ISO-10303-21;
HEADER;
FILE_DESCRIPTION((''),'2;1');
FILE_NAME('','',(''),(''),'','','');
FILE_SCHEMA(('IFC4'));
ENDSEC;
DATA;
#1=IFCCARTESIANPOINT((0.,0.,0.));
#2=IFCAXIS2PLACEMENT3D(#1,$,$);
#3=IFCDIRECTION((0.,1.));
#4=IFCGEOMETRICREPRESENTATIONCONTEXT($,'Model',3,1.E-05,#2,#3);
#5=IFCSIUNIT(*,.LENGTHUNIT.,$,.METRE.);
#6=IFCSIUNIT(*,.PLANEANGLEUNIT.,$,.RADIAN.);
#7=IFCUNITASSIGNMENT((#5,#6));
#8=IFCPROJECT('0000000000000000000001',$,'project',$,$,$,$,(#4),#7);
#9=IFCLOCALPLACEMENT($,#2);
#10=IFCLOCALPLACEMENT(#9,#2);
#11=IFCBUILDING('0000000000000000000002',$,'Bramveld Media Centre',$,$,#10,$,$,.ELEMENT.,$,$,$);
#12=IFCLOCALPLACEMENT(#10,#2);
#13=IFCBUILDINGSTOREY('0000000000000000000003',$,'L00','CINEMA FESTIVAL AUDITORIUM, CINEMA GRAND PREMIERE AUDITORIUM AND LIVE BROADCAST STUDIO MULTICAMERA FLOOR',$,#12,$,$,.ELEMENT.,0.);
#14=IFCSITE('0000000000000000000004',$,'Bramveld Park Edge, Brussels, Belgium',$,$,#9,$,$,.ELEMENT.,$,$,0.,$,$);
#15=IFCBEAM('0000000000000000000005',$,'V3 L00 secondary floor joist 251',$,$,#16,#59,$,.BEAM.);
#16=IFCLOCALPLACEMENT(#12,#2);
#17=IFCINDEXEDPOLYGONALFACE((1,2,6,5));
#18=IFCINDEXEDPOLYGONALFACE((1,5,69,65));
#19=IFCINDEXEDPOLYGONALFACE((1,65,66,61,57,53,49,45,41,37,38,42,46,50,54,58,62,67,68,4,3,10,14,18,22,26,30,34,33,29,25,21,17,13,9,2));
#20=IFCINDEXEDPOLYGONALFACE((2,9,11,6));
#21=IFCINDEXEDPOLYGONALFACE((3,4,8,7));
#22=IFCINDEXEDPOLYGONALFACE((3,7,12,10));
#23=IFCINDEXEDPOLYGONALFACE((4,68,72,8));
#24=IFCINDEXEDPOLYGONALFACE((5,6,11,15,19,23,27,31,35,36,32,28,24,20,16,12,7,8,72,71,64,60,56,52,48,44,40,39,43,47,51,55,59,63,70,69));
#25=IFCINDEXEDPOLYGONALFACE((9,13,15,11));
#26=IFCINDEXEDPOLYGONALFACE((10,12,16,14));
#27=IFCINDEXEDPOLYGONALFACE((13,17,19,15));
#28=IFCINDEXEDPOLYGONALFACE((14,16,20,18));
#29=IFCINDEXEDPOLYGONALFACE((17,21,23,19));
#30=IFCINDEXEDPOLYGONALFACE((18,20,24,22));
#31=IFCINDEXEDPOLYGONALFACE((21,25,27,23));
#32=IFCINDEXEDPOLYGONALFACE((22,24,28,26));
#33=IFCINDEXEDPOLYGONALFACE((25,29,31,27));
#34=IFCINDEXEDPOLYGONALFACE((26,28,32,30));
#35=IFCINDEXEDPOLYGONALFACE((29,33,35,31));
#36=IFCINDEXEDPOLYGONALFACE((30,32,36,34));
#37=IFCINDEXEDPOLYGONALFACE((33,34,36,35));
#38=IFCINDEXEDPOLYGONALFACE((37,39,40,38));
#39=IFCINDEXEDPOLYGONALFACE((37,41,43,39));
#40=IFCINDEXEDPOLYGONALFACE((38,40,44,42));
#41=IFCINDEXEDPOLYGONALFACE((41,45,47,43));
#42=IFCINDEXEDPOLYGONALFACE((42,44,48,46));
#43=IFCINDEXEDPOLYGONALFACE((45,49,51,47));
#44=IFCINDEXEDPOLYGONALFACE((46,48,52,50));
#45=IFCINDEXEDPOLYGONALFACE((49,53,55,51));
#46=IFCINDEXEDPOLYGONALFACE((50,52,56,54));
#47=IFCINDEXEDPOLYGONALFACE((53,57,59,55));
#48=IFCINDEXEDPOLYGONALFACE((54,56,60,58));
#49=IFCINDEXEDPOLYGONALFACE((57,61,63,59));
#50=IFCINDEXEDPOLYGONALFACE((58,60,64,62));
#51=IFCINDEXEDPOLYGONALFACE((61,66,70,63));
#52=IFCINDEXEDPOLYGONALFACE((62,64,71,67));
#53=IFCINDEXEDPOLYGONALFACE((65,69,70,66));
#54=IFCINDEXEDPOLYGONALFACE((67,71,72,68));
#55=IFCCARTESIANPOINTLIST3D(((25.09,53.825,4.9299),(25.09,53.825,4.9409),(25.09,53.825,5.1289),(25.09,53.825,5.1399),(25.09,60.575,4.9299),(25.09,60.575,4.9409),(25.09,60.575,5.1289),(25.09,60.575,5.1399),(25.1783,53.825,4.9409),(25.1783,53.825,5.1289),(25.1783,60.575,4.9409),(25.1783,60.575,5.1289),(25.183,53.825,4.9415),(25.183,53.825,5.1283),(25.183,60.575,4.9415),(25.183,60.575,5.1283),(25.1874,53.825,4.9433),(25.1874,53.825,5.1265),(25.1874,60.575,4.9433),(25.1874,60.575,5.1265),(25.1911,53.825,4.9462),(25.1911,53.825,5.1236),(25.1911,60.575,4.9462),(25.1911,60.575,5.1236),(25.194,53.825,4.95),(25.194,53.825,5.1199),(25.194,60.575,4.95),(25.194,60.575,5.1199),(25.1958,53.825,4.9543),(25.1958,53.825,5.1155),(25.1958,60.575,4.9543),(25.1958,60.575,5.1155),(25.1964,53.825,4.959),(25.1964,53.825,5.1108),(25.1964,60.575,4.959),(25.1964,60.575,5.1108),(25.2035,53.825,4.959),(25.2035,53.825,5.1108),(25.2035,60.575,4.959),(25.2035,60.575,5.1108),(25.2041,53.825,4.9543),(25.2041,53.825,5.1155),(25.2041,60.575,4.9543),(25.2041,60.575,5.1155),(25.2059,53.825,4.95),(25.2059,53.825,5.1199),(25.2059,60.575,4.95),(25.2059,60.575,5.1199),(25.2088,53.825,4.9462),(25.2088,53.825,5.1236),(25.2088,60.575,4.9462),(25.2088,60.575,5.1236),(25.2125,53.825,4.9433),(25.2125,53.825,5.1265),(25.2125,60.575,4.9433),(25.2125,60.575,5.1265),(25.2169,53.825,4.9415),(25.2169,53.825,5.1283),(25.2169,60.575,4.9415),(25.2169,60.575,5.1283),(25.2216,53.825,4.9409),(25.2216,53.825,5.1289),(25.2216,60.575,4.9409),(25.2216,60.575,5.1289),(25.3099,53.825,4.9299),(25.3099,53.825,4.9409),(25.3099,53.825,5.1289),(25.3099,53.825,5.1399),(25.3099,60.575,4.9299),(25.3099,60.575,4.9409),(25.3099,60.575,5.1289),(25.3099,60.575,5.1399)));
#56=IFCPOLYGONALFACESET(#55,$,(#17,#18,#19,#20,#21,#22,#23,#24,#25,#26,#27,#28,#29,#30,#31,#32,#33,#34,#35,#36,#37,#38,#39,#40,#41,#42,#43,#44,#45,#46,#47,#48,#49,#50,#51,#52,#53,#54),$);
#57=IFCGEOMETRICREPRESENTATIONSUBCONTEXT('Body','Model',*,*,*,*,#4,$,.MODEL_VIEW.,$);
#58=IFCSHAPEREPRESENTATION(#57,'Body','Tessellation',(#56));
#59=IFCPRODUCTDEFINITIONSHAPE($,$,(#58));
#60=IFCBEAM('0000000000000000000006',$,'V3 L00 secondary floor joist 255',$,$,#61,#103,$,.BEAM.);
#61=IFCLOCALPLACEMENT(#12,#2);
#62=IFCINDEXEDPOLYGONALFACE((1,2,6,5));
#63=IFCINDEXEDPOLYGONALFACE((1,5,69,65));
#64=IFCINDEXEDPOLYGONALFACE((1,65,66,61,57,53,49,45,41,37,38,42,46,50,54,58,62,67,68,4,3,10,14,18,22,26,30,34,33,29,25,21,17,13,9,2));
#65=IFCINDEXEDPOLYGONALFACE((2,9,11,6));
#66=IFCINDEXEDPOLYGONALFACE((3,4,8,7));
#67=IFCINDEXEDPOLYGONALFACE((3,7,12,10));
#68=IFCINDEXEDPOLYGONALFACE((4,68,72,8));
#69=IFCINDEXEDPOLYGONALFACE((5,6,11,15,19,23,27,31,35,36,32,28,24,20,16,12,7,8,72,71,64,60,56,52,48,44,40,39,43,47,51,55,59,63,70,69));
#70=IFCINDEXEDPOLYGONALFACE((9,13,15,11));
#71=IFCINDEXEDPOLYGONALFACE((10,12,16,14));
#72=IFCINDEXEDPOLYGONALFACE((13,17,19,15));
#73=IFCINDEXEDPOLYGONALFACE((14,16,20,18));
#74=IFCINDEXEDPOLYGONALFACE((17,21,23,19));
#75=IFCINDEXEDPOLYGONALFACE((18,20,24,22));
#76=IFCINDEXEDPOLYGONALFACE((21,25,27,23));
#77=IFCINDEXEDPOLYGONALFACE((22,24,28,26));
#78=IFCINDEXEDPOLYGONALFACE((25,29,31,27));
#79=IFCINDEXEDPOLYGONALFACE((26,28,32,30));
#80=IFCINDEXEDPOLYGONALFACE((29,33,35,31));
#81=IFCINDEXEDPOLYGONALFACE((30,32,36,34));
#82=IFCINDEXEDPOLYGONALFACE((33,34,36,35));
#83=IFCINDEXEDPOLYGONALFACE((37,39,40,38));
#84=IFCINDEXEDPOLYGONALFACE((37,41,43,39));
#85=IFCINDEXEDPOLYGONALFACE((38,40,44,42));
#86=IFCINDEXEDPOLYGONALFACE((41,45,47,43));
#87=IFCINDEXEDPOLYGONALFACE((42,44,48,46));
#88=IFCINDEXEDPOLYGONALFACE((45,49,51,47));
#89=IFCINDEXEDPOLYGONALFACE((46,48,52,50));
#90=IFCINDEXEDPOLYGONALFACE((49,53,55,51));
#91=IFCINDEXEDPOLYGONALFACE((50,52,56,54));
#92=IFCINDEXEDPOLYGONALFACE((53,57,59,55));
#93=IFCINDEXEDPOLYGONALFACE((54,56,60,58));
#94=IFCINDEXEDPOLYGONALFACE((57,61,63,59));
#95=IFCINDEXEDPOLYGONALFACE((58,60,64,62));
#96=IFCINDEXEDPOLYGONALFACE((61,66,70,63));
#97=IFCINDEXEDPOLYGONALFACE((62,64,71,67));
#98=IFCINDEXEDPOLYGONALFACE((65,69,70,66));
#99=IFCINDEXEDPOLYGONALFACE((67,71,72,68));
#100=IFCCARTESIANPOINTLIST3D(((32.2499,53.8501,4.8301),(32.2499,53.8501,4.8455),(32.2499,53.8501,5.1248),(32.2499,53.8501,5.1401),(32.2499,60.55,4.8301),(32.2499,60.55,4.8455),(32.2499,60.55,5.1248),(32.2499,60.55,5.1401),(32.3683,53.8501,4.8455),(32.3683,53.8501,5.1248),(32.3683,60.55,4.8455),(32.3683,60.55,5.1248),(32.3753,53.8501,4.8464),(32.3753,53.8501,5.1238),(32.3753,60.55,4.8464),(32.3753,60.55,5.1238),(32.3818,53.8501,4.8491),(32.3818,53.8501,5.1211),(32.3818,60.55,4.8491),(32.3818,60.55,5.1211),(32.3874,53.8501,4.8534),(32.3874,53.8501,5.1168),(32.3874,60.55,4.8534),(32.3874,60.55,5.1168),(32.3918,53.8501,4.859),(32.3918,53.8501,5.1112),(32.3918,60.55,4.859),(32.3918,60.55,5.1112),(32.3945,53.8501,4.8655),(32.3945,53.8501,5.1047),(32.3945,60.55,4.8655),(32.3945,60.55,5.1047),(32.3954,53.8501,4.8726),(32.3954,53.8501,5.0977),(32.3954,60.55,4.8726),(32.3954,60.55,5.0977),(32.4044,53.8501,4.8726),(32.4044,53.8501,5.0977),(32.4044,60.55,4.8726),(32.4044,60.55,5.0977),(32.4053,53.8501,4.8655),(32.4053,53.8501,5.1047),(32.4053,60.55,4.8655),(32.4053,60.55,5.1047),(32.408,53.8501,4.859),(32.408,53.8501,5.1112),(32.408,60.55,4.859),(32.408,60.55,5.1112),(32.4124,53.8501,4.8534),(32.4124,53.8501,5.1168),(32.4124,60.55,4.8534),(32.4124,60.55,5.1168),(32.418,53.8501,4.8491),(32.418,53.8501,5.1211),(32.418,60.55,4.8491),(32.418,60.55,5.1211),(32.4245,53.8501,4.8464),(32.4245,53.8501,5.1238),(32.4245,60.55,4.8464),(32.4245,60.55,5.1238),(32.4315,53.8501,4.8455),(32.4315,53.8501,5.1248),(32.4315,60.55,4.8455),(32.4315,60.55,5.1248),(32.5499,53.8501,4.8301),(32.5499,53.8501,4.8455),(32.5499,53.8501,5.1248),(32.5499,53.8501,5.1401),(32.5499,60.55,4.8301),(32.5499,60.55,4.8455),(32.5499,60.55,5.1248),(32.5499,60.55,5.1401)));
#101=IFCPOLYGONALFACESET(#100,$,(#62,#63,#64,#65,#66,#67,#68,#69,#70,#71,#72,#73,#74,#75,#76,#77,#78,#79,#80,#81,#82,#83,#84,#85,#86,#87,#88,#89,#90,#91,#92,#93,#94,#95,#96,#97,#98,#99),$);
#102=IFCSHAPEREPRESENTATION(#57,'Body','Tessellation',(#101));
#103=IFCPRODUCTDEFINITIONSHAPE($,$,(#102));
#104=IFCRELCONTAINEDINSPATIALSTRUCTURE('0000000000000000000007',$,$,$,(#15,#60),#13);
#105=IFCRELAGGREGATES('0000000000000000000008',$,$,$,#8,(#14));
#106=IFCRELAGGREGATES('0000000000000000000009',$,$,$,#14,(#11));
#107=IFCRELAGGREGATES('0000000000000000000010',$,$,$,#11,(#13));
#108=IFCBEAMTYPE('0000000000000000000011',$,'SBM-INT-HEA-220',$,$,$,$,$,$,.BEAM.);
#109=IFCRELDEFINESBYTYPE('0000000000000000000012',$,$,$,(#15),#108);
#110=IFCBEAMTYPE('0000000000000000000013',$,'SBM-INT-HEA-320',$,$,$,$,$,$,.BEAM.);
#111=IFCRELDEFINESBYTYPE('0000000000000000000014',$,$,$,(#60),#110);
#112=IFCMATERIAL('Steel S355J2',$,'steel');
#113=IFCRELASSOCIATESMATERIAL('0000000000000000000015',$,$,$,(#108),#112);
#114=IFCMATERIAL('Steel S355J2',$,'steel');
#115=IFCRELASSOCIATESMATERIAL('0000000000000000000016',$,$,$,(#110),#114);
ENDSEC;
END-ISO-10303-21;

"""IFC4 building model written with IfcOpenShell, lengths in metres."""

from ifc_helpers import new_model, si_unit, direction, frame, origin, origin_2d, place, context, subcontext, project, spatial, i_section, extrude, material, material_profile, profile_set, type_object, element, save


model = new_model("IFC4")

# Units and contexts
model_context = context("Model", 3, precision=1e-05, world=origin(), true_north=direction((0.0, 1.0)))
body_context = subcontext(model_context, "Body", "Model", "MODEL_VIEW")
ifc_project = project(units=[si_unit("LENGTHUNIT", "METRE"), si_unit("PLANEANGLEUNIT", "RADIAN")], contexts=[model_context])

# Site, building, storey
site_placement = place(None, origin())
site = spatial("IfcSite", under=ifc_project, at=site_placement, Name="Bramveld Park Edge, Brussels, Belgium", CompositionType="ELEMENT", RefElevation=0.0)
building_placement = place(site_placement, origin())
building = spatial("IfcBuilding", under=site, at=building_placement, Name="Bramveld Media Centre", CompositionType="ELEMENT")
storey_placement = place(building_placement, origin())
storey = spatial("IfcBuildingStorey", under=building, at=storey_placement, Name="L00", Description="CINEMA FESTIVAL AUDITORIUM, CINEMA GRAND PREMIERE AUDITORIUM AND LIVE BROADCAST STUDIO MULTICAMERA FLOOR", CompositionType="ELEMENT", Elevation=0.0)

# Beams
ifc_material_1 = material(Name="Steel S355J2", Category="steel")
ifc_material_profile_1 = material_profile(ifc_material_1, i_section(OverallWidth=0.22, OverallDepth=0.21, WebThickness=0.0071, FlangeThickness=0.011, FilletRadius=0.0181, at=origin_2d()), Name="HEA 220")
ifc_profile_set_1 = profile_set([ifc_material_profile_1], Name="Steel S355J2")
beam_type_1 = type_object("IfcBeamType", Name="SBM-INT-HEA-220", PredefinedType="BEAM", material=ifc_profile_set_1)
beam_1_placement = place(storey_placement, frame((25.2, 53.825, 5.0349), z_axis=(0.0, 1.0, 0.0), x_axis=(-1.0, 0.0, 0.0)))
element("IfcBeam", 1, at=beam_1_placement, inside=storey, type_object=beam_type_1, Name="V3 L00 secondary floor joist 251", PredefinedType="BEAM", context=body_context, shape_type="SweptSolid", body=[
    extrude(i_section(OverallWidth=0.22, OverallDepth=0.21, WebThickness=0.0071, FlangeThickness=0.011, FilletRadius=0.0181, at=origin_2d()), origin(), (0.0, 0.0, 1.0), 6.75),
])
ifc_material_2 = material(Name="Steel S355J2", Category="steel")
ifc_material_profile_2 = material_profile(ifc_material_2, i_section(OverallWidth=0.3, OverallDepth=0.3101, WebThickness=0.009, FlangeThickness=0.0154, FilletRadius=0.0271, at=origin_2d()), Name="HEA 320")
ifc_profile_set_2 = profile_set([ifc_material_profile_2], Name="Steel S355J2")
beam_type_2 = type_object("IfcBeamType", Name="SBM-INT-HEA-320", PredefinedType="BEAM", material=ifc_profile_set_2)
beam_2_placement = place(storey_placement, frame((32.3999, 53.8501, 4.9851), z_axis=(0.0, 1.0, 0.0), x_axis=(-1.0, 0.0, 0.0)))
element("IfcBeam", 2, at=beam_2_placement, inside=storey, type_object=beam_type_2, Name="V3 L00 secondary floor joist 255", PredefinedType="BEAM", context=body_context, shape_type="SweptSolid", body=[
    extrude(i_section(OverallWidth=0.3, OverallDepth=0.3101, WebThickness=0.009, FlangeThickness=0.0154, FilletRadius=0.0271, at=origin_2d()), origin(), (0.0, 0.0, 1.0), 6.7),
])

save(model, "model.ifc")
